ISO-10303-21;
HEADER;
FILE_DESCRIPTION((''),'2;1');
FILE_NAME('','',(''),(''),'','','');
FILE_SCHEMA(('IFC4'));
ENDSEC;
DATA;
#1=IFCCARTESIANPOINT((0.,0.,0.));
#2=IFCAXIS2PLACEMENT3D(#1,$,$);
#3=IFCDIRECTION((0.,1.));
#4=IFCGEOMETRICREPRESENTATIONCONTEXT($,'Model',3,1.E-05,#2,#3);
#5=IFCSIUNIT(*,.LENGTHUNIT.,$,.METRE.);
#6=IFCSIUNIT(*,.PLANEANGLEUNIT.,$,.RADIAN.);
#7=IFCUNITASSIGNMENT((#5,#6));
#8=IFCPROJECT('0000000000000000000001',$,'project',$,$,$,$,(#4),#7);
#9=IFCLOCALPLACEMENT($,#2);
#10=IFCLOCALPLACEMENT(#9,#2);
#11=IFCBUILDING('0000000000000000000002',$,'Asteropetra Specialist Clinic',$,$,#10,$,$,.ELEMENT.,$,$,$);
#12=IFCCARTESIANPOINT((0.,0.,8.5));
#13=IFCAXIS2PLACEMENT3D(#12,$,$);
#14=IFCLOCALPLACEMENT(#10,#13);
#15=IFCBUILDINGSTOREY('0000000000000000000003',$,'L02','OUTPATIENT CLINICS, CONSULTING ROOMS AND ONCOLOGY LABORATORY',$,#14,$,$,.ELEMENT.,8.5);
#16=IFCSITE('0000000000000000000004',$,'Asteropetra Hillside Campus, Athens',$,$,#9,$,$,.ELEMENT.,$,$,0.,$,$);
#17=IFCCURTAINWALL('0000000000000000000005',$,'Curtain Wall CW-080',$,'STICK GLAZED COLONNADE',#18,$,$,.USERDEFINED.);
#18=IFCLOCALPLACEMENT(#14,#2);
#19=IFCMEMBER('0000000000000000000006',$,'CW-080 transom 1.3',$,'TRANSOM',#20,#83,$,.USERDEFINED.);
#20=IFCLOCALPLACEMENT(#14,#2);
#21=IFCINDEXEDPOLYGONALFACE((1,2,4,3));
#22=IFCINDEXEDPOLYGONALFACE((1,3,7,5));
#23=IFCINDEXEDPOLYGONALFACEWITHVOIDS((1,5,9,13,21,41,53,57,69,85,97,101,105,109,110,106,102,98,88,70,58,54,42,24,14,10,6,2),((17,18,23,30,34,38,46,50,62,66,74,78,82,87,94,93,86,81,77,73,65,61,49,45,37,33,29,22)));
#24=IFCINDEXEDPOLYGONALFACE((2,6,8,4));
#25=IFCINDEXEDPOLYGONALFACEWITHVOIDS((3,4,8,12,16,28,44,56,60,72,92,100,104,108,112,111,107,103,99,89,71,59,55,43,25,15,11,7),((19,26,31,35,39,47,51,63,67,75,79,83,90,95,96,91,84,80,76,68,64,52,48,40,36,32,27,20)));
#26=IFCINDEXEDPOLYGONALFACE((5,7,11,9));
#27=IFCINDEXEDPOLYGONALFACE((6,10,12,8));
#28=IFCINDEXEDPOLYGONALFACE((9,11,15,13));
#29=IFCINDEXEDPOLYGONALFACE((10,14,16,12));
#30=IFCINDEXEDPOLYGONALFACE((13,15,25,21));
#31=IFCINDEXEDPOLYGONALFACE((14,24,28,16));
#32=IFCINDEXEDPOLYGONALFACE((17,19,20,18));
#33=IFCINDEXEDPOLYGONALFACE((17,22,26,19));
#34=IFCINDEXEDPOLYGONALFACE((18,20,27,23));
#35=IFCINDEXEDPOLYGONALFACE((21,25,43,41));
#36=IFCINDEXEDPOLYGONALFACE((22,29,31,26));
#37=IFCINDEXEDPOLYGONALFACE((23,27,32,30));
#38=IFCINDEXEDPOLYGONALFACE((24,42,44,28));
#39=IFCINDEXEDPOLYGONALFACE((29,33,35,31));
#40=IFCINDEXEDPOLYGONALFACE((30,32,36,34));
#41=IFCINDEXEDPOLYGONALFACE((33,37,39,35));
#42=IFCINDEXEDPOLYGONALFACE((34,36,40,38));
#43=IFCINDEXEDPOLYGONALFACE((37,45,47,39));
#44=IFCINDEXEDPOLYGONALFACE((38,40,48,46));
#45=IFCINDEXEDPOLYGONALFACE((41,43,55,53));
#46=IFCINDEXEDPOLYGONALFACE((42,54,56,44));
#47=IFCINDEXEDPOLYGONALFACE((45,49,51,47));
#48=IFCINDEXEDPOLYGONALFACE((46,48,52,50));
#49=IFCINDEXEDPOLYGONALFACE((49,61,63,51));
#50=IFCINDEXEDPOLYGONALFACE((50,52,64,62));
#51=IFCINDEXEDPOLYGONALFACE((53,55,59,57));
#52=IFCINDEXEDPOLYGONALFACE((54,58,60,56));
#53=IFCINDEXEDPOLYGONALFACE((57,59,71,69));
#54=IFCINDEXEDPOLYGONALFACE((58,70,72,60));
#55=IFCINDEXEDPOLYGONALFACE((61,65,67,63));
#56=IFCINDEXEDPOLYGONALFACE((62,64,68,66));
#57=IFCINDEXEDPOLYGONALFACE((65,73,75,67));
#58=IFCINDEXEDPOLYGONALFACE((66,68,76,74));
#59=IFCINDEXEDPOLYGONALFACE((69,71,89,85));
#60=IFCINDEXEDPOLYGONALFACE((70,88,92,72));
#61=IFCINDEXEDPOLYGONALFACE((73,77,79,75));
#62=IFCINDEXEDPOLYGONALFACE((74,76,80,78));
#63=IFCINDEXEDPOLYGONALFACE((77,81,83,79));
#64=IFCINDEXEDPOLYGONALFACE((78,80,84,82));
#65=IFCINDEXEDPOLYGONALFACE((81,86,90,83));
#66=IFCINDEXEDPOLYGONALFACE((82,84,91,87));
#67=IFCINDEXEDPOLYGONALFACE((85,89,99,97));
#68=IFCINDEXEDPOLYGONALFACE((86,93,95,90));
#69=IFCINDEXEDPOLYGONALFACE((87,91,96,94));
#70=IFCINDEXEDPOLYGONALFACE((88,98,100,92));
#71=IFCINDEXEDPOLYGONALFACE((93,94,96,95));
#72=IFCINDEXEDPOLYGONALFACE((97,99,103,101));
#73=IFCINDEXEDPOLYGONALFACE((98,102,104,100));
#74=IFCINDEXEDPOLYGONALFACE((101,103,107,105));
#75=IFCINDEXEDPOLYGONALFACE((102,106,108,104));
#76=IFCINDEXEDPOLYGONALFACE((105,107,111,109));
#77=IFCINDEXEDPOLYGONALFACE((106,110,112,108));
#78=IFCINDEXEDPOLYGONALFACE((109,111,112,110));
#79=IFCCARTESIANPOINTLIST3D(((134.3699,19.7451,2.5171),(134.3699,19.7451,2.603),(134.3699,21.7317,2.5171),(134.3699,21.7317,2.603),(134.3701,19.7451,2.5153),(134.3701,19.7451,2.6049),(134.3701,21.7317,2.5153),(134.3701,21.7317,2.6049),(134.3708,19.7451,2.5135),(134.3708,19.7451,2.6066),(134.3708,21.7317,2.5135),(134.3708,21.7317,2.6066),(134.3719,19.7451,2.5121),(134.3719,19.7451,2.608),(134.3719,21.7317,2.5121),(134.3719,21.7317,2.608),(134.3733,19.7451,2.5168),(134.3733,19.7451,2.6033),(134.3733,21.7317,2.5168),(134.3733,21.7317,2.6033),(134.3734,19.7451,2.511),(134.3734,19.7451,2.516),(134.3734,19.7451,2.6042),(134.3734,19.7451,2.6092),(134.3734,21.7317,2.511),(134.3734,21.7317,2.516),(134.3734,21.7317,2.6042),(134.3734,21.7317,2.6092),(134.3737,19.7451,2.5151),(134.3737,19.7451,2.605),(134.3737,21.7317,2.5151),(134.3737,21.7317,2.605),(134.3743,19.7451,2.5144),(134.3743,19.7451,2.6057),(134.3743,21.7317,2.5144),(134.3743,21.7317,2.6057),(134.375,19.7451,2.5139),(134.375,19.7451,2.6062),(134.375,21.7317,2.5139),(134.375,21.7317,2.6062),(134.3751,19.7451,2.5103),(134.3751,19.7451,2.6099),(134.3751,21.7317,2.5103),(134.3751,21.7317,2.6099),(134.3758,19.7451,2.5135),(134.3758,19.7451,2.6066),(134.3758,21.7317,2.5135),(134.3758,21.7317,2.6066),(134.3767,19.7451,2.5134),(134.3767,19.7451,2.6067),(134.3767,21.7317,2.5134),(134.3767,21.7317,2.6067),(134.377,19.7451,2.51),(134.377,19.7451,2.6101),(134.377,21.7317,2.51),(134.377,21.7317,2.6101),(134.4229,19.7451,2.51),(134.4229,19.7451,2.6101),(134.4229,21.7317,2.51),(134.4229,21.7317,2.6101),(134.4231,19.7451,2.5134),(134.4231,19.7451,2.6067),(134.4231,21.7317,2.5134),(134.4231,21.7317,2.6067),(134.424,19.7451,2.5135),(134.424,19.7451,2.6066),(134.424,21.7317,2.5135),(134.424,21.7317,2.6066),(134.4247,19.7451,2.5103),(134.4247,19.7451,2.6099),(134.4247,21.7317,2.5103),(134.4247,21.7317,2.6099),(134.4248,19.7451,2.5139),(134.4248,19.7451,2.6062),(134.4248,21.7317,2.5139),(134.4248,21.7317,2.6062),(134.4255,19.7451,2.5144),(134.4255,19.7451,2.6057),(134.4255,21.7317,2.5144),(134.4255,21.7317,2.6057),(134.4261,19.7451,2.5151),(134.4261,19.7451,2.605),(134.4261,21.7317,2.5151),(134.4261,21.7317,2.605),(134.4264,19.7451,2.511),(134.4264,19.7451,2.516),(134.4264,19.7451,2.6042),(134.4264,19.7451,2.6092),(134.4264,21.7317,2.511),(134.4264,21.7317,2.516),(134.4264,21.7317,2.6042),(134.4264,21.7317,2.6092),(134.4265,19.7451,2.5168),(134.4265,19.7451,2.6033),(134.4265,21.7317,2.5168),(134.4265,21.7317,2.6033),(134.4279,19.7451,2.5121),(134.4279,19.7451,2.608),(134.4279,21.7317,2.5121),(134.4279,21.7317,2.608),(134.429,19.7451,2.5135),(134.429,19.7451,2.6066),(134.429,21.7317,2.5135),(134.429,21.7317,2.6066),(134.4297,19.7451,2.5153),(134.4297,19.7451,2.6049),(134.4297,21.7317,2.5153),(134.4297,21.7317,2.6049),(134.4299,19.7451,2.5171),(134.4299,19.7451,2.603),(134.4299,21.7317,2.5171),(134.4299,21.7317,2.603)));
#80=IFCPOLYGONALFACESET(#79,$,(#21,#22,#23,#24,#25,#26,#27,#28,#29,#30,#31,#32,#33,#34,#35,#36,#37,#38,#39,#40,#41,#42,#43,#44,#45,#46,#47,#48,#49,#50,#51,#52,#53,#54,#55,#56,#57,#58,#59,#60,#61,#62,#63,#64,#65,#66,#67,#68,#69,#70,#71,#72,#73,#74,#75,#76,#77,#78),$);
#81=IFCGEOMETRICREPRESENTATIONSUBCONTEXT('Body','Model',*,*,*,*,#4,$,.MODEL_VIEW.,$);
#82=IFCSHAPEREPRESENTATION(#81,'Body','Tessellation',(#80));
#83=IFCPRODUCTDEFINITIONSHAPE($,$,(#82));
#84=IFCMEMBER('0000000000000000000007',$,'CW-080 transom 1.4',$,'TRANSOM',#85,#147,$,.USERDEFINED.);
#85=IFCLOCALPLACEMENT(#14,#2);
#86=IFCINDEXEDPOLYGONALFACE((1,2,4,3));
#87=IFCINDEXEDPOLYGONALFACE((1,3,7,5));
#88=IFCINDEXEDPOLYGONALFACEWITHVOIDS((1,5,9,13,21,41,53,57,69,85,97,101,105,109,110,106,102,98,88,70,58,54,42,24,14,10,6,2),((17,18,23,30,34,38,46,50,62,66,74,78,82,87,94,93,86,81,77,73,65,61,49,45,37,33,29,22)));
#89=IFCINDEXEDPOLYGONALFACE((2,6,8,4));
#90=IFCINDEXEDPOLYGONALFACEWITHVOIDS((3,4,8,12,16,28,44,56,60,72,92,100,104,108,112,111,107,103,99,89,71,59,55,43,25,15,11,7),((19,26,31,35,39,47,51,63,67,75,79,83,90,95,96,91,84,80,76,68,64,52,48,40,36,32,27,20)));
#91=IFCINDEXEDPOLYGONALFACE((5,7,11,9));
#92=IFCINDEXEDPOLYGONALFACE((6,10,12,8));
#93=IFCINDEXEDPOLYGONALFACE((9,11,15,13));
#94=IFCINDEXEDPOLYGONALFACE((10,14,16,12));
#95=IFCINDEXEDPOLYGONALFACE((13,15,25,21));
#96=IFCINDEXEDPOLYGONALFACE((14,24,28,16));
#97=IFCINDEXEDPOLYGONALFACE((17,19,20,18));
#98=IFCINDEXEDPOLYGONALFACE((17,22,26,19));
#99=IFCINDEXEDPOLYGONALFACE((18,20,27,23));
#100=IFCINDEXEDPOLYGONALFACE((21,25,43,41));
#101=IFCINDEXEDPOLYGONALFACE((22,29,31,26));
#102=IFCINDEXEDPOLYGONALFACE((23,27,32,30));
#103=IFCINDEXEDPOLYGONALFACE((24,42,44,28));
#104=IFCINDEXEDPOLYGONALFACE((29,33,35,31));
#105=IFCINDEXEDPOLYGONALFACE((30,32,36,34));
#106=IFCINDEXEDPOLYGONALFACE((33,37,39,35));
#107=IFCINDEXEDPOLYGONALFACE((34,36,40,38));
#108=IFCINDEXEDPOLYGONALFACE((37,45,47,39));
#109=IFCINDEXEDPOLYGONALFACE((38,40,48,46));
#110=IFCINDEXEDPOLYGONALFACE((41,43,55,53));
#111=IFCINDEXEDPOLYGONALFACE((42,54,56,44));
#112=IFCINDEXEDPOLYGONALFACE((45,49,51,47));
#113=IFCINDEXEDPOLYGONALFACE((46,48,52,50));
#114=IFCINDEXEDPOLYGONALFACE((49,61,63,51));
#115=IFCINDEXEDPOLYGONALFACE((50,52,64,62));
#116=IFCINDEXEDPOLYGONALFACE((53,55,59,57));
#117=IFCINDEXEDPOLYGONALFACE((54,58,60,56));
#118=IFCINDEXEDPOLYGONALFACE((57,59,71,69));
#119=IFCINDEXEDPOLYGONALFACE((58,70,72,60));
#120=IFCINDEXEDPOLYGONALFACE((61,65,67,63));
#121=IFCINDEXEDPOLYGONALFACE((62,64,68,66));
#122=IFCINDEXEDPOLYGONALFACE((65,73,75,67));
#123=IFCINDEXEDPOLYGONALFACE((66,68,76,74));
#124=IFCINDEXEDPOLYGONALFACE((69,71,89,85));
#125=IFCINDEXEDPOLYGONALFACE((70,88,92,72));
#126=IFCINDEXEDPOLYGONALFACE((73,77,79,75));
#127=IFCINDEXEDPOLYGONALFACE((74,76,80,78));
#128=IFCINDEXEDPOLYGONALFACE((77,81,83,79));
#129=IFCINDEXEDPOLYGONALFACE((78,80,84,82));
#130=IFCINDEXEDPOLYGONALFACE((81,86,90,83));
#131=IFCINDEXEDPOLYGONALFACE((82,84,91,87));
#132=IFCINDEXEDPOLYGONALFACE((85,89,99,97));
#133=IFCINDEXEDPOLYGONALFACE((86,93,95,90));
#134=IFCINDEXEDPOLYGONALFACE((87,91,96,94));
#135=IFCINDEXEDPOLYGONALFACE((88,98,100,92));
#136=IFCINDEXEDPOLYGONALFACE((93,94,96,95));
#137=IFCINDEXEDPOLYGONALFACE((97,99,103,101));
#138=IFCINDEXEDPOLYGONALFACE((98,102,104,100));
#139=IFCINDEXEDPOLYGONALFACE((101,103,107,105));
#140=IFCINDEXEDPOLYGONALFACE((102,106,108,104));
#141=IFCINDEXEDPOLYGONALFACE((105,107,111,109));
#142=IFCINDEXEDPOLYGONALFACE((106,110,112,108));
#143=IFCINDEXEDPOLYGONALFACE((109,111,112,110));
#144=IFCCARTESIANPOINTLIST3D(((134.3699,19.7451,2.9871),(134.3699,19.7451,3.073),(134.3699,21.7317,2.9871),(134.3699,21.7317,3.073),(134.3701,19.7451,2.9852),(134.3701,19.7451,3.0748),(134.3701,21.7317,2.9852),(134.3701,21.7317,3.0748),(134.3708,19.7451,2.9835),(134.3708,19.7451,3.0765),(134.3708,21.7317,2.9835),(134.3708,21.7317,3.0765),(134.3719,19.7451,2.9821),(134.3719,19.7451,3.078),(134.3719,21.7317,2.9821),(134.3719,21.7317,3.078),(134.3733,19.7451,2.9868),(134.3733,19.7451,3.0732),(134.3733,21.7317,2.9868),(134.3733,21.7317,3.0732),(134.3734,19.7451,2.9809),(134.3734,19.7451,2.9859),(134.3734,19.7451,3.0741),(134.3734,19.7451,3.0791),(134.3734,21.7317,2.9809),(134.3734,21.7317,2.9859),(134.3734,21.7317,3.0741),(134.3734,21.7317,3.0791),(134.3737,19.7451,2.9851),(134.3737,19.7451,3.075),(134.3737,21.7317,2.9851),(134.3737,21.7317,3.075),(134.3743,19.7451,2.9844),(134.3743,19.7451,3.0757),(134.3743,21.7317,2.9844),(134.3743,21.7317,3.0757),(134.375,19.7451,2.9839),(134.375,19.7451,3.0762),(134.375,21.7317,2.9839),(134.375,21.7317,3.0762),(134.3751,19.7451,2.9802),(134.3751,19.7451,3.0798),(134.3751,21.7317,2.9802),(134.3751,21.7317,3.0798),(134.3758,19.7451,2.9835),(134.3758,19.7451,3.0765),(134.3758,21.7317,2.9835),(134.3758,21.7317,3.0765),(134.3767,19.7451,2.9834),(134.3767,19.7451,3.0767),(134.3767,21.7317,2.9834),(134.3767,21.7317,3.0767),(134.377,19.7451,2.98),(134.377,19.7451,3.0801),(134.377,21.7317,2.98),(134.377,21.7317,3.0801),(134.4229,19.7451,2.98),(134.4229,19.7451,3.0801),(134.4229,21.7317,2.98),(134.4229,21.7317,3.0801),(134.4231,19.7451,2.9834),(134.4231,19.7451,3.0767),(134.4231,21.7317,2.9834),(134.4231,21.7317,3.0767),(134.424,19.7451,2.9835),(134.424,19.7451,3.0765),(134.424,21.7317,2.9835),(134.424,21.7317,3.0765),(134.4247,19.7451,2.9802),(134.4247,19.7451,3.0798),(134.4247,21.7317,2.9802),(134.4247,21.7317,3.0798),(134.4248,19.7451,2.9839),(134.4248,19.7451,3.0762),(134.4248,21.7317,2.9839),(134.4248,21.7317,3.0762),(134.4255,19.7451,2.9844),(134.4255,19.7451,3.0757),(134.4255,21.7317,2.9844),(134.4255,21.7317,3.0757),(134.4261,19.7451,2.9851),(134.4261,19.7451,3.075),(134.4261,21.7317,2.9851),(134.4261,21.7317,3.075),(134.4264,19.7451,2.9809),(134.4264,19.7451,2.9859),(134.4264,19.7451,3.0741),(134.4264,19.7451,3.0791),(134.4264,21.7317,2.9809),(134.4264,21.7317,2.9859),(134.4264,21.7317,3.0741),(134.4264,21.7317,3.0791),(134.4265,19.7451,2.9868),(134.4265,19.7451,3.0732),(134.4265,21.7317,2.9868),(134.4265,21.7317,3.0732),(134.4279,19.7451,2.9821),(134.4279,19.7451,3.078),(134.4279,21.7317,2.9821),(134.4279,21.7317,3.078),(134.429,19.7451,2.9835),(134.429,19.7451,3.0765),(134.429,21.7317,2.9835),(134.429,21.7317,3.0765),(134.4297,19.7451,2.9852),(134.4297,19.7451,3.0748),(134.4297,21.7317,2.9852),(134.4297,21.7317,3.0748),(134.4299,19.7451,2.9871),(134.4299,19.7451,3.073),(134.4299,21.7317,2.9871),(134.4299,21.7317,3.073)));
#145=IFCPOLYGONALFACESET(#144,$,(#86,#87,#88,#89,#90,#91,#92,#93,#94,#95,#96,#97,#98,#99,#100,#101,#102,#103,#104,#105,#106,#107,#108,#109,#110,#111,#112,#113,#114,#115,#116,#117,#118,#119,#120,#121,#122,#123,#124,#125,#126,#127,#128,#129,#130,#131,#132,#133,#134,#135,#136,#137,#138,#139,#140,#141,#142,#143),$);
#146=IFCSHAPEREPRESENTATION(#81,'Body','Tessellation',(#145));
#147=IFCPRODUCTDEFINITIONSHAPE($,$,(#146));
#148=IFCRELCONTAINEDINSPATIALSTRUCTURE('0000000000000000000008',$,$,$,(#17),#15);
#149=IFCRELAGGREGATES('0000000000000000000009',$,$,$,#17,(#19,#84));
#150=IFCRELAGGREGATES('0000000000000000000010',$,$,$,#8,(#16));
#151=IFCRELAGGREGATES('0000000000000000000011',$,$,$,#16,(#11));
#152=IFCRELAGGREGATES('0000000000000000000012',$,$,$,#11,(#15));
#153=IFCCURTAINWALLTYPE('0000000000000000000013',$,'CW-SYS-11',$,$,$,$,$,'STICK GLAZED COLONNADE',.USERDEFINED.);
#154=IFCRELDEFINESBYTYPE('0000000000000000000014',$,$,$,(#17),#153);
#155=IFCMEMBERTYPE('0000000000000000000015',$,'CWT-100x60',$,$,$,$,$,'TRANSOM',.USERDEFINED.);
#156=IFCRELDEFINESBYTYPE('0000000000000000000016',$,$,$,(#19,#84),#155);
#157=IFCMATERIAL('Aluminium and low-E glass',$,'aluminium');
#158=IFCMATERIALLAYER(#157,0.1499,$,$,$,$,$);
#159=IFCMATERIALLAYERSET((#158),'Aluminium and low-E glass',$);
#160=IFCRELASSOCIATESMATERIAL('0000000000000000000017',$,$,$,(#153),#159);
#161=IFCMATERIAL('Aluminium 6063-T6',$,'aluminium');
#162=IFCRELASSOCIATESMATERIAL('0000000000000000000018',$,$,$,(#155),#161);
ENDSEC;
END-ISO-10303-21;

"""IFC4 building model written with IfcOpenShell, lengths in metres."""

from ifc_helpers import new_model, si_unit, direction, frame, origin, origin_2d, place, context, subcontext, project, spatial, hollow_rectangle, extrude, material, layer, layer_set, material_profile, profile_set, type_object, element, aggregate, save


model = new_model("IFC4")

# Units and contexts
model_context = context("Model", 3, precision=1e-05, world=origin(), true_north=direction((0.0, 1.0)))
body_context = subcontext(model_context, "Body", "Model", "MODEL_VIEW")
ifc_project = project(units=[si_unit("LENGTHUNIT", "METRE"), si_unit("PLANEANGLEUNIT", "RADIAN")], contexts=[model_context])

# Site, building, storey
site_placement = place(None, origin())
site = spatial("IfcSite", under=ifc_project, at=site_placement, Name="Asteropetra Hillside Campus, Athens", CompositionType="ELEMENT", RefElevation=0.0)
building_placement = place(site_placement, origin())
building = spatial("IfcBuilding", under=site, at=building_placement, Name="Asteropetra Specialist Clinic", CompositionType="ELEMENT")
storey_placement = place(building_placement, frame((0.0, 0.0, 8.5)))
storey = spatial("IfcBuildingStorey", under=building, at=storey_placement, Name="L02", Description="OUTPATIENT CLINICS, CONSULTING ROOMS AND ONCOLOGY LABORATORY", CompositionType="ELEMENT", Elevation=8.5)

# Curtain wall
ifc_material_1 = material(Name="Aluminium and low-E glass", Category="aluminium")
ifc_layer_1 = layer(ifc_material_1, 0.1499)
ifc_layer_set_1 = layer_set([ifc_layer_1], Name="Aluminium and low-E glass")
curtain_wall_type = type_object("IfcCurtainWallType", Name="CW-SYS-11", ElementType="STICK GLAZED COLONNADE", PredefinedType="USERDEFINED", material=ifc_layer_set_1)
curtain_wall_1_placement = place(storey_placement, origin())
curtain_wall_1 = element("IfcCurtainWall", 1, at=curtain_wall_1_placement, inside=storey, type_object=curtain_wall_type, Name="Curtain Wall CW-080", ObjectType="STICK GLAZED COLONNADE", PredefinedType="USERDEFINED")

# Members
ifc_material_2 = material(Name="Aluminium 6063-T6", Category="aluminium")
ifc_material_profile_1 = material_profile(ifc_material_2, hollow_rectangle(XDim=0.0601, YDim=0.1001, WallThickness=0.0034, InnerFilletRadius=0.0034, OuterFilletRadius=0.0071, at=origin_2d()), Name="TRN 100x60x3.5")
ifc_profile_set_1 = profile_set([ifc_material_profile_1], Name="Aluminium 6063-T6")
member_type_1 = type_object("IfcMemberType", Name="CWT-100x60", ElementType="TRANSOM", PredefinedType="USERDEFINED", material=ifc_profile_set_1)
member_1_placement = place(storey_placement, frame((134.3999, 19.7451, 2.5601), z_axis=(0.0, 1.0, 0.0), x_axis=(-1.0, 0.0, 0.0)))
member_1 = element("IfcMember", 2, at=member_1_placement, type_object=member_type_1, Name="CW-080 transom 1.3", ObjectType="TRANSOM", PredefinedType="USERDEFINED", context=body_context, shape_type="SweptSolid", body=[
    extrude(hollow_rectangle(XDim=0.0601, YDim=0.1001, WallThickness=0.0034, InnerFilletRadius=0.0034, OuterFilletRadius=0.0071, at=origin_2d()), origin(), (0.0, 0.0, 1.0), 1.9866),
])
member_2_placement = place(storey_placement, frame((134.3999, 19.7451, 3.03), z_axis=(0.0, 1.0, 0.0), x_axis=(-1.0, 0.0, 0.0)))
member_2 = element("IfcMember", 3, at=member_2_placement, type_object=member_type_1, Name="CW-080 transom 1.4", ObjectType="TRANSOM", PredefinedType="USERDEFINED", context=body_context, shape_type="SweptSolid", body=[
    extrude(hollow_rectangle(XDim=0.0601, YDim=0.1001, WallThickness=0.0034, InnerFilletRadius=0.0034, OuterFilletRadius=0.0071, at=origin_2d()), origin(), (0.0, 0.0, 1.0), 1.9866),
])

aggregate(curtain_wall_1, [member_1, member_2])

save(model, "model.ifc")
